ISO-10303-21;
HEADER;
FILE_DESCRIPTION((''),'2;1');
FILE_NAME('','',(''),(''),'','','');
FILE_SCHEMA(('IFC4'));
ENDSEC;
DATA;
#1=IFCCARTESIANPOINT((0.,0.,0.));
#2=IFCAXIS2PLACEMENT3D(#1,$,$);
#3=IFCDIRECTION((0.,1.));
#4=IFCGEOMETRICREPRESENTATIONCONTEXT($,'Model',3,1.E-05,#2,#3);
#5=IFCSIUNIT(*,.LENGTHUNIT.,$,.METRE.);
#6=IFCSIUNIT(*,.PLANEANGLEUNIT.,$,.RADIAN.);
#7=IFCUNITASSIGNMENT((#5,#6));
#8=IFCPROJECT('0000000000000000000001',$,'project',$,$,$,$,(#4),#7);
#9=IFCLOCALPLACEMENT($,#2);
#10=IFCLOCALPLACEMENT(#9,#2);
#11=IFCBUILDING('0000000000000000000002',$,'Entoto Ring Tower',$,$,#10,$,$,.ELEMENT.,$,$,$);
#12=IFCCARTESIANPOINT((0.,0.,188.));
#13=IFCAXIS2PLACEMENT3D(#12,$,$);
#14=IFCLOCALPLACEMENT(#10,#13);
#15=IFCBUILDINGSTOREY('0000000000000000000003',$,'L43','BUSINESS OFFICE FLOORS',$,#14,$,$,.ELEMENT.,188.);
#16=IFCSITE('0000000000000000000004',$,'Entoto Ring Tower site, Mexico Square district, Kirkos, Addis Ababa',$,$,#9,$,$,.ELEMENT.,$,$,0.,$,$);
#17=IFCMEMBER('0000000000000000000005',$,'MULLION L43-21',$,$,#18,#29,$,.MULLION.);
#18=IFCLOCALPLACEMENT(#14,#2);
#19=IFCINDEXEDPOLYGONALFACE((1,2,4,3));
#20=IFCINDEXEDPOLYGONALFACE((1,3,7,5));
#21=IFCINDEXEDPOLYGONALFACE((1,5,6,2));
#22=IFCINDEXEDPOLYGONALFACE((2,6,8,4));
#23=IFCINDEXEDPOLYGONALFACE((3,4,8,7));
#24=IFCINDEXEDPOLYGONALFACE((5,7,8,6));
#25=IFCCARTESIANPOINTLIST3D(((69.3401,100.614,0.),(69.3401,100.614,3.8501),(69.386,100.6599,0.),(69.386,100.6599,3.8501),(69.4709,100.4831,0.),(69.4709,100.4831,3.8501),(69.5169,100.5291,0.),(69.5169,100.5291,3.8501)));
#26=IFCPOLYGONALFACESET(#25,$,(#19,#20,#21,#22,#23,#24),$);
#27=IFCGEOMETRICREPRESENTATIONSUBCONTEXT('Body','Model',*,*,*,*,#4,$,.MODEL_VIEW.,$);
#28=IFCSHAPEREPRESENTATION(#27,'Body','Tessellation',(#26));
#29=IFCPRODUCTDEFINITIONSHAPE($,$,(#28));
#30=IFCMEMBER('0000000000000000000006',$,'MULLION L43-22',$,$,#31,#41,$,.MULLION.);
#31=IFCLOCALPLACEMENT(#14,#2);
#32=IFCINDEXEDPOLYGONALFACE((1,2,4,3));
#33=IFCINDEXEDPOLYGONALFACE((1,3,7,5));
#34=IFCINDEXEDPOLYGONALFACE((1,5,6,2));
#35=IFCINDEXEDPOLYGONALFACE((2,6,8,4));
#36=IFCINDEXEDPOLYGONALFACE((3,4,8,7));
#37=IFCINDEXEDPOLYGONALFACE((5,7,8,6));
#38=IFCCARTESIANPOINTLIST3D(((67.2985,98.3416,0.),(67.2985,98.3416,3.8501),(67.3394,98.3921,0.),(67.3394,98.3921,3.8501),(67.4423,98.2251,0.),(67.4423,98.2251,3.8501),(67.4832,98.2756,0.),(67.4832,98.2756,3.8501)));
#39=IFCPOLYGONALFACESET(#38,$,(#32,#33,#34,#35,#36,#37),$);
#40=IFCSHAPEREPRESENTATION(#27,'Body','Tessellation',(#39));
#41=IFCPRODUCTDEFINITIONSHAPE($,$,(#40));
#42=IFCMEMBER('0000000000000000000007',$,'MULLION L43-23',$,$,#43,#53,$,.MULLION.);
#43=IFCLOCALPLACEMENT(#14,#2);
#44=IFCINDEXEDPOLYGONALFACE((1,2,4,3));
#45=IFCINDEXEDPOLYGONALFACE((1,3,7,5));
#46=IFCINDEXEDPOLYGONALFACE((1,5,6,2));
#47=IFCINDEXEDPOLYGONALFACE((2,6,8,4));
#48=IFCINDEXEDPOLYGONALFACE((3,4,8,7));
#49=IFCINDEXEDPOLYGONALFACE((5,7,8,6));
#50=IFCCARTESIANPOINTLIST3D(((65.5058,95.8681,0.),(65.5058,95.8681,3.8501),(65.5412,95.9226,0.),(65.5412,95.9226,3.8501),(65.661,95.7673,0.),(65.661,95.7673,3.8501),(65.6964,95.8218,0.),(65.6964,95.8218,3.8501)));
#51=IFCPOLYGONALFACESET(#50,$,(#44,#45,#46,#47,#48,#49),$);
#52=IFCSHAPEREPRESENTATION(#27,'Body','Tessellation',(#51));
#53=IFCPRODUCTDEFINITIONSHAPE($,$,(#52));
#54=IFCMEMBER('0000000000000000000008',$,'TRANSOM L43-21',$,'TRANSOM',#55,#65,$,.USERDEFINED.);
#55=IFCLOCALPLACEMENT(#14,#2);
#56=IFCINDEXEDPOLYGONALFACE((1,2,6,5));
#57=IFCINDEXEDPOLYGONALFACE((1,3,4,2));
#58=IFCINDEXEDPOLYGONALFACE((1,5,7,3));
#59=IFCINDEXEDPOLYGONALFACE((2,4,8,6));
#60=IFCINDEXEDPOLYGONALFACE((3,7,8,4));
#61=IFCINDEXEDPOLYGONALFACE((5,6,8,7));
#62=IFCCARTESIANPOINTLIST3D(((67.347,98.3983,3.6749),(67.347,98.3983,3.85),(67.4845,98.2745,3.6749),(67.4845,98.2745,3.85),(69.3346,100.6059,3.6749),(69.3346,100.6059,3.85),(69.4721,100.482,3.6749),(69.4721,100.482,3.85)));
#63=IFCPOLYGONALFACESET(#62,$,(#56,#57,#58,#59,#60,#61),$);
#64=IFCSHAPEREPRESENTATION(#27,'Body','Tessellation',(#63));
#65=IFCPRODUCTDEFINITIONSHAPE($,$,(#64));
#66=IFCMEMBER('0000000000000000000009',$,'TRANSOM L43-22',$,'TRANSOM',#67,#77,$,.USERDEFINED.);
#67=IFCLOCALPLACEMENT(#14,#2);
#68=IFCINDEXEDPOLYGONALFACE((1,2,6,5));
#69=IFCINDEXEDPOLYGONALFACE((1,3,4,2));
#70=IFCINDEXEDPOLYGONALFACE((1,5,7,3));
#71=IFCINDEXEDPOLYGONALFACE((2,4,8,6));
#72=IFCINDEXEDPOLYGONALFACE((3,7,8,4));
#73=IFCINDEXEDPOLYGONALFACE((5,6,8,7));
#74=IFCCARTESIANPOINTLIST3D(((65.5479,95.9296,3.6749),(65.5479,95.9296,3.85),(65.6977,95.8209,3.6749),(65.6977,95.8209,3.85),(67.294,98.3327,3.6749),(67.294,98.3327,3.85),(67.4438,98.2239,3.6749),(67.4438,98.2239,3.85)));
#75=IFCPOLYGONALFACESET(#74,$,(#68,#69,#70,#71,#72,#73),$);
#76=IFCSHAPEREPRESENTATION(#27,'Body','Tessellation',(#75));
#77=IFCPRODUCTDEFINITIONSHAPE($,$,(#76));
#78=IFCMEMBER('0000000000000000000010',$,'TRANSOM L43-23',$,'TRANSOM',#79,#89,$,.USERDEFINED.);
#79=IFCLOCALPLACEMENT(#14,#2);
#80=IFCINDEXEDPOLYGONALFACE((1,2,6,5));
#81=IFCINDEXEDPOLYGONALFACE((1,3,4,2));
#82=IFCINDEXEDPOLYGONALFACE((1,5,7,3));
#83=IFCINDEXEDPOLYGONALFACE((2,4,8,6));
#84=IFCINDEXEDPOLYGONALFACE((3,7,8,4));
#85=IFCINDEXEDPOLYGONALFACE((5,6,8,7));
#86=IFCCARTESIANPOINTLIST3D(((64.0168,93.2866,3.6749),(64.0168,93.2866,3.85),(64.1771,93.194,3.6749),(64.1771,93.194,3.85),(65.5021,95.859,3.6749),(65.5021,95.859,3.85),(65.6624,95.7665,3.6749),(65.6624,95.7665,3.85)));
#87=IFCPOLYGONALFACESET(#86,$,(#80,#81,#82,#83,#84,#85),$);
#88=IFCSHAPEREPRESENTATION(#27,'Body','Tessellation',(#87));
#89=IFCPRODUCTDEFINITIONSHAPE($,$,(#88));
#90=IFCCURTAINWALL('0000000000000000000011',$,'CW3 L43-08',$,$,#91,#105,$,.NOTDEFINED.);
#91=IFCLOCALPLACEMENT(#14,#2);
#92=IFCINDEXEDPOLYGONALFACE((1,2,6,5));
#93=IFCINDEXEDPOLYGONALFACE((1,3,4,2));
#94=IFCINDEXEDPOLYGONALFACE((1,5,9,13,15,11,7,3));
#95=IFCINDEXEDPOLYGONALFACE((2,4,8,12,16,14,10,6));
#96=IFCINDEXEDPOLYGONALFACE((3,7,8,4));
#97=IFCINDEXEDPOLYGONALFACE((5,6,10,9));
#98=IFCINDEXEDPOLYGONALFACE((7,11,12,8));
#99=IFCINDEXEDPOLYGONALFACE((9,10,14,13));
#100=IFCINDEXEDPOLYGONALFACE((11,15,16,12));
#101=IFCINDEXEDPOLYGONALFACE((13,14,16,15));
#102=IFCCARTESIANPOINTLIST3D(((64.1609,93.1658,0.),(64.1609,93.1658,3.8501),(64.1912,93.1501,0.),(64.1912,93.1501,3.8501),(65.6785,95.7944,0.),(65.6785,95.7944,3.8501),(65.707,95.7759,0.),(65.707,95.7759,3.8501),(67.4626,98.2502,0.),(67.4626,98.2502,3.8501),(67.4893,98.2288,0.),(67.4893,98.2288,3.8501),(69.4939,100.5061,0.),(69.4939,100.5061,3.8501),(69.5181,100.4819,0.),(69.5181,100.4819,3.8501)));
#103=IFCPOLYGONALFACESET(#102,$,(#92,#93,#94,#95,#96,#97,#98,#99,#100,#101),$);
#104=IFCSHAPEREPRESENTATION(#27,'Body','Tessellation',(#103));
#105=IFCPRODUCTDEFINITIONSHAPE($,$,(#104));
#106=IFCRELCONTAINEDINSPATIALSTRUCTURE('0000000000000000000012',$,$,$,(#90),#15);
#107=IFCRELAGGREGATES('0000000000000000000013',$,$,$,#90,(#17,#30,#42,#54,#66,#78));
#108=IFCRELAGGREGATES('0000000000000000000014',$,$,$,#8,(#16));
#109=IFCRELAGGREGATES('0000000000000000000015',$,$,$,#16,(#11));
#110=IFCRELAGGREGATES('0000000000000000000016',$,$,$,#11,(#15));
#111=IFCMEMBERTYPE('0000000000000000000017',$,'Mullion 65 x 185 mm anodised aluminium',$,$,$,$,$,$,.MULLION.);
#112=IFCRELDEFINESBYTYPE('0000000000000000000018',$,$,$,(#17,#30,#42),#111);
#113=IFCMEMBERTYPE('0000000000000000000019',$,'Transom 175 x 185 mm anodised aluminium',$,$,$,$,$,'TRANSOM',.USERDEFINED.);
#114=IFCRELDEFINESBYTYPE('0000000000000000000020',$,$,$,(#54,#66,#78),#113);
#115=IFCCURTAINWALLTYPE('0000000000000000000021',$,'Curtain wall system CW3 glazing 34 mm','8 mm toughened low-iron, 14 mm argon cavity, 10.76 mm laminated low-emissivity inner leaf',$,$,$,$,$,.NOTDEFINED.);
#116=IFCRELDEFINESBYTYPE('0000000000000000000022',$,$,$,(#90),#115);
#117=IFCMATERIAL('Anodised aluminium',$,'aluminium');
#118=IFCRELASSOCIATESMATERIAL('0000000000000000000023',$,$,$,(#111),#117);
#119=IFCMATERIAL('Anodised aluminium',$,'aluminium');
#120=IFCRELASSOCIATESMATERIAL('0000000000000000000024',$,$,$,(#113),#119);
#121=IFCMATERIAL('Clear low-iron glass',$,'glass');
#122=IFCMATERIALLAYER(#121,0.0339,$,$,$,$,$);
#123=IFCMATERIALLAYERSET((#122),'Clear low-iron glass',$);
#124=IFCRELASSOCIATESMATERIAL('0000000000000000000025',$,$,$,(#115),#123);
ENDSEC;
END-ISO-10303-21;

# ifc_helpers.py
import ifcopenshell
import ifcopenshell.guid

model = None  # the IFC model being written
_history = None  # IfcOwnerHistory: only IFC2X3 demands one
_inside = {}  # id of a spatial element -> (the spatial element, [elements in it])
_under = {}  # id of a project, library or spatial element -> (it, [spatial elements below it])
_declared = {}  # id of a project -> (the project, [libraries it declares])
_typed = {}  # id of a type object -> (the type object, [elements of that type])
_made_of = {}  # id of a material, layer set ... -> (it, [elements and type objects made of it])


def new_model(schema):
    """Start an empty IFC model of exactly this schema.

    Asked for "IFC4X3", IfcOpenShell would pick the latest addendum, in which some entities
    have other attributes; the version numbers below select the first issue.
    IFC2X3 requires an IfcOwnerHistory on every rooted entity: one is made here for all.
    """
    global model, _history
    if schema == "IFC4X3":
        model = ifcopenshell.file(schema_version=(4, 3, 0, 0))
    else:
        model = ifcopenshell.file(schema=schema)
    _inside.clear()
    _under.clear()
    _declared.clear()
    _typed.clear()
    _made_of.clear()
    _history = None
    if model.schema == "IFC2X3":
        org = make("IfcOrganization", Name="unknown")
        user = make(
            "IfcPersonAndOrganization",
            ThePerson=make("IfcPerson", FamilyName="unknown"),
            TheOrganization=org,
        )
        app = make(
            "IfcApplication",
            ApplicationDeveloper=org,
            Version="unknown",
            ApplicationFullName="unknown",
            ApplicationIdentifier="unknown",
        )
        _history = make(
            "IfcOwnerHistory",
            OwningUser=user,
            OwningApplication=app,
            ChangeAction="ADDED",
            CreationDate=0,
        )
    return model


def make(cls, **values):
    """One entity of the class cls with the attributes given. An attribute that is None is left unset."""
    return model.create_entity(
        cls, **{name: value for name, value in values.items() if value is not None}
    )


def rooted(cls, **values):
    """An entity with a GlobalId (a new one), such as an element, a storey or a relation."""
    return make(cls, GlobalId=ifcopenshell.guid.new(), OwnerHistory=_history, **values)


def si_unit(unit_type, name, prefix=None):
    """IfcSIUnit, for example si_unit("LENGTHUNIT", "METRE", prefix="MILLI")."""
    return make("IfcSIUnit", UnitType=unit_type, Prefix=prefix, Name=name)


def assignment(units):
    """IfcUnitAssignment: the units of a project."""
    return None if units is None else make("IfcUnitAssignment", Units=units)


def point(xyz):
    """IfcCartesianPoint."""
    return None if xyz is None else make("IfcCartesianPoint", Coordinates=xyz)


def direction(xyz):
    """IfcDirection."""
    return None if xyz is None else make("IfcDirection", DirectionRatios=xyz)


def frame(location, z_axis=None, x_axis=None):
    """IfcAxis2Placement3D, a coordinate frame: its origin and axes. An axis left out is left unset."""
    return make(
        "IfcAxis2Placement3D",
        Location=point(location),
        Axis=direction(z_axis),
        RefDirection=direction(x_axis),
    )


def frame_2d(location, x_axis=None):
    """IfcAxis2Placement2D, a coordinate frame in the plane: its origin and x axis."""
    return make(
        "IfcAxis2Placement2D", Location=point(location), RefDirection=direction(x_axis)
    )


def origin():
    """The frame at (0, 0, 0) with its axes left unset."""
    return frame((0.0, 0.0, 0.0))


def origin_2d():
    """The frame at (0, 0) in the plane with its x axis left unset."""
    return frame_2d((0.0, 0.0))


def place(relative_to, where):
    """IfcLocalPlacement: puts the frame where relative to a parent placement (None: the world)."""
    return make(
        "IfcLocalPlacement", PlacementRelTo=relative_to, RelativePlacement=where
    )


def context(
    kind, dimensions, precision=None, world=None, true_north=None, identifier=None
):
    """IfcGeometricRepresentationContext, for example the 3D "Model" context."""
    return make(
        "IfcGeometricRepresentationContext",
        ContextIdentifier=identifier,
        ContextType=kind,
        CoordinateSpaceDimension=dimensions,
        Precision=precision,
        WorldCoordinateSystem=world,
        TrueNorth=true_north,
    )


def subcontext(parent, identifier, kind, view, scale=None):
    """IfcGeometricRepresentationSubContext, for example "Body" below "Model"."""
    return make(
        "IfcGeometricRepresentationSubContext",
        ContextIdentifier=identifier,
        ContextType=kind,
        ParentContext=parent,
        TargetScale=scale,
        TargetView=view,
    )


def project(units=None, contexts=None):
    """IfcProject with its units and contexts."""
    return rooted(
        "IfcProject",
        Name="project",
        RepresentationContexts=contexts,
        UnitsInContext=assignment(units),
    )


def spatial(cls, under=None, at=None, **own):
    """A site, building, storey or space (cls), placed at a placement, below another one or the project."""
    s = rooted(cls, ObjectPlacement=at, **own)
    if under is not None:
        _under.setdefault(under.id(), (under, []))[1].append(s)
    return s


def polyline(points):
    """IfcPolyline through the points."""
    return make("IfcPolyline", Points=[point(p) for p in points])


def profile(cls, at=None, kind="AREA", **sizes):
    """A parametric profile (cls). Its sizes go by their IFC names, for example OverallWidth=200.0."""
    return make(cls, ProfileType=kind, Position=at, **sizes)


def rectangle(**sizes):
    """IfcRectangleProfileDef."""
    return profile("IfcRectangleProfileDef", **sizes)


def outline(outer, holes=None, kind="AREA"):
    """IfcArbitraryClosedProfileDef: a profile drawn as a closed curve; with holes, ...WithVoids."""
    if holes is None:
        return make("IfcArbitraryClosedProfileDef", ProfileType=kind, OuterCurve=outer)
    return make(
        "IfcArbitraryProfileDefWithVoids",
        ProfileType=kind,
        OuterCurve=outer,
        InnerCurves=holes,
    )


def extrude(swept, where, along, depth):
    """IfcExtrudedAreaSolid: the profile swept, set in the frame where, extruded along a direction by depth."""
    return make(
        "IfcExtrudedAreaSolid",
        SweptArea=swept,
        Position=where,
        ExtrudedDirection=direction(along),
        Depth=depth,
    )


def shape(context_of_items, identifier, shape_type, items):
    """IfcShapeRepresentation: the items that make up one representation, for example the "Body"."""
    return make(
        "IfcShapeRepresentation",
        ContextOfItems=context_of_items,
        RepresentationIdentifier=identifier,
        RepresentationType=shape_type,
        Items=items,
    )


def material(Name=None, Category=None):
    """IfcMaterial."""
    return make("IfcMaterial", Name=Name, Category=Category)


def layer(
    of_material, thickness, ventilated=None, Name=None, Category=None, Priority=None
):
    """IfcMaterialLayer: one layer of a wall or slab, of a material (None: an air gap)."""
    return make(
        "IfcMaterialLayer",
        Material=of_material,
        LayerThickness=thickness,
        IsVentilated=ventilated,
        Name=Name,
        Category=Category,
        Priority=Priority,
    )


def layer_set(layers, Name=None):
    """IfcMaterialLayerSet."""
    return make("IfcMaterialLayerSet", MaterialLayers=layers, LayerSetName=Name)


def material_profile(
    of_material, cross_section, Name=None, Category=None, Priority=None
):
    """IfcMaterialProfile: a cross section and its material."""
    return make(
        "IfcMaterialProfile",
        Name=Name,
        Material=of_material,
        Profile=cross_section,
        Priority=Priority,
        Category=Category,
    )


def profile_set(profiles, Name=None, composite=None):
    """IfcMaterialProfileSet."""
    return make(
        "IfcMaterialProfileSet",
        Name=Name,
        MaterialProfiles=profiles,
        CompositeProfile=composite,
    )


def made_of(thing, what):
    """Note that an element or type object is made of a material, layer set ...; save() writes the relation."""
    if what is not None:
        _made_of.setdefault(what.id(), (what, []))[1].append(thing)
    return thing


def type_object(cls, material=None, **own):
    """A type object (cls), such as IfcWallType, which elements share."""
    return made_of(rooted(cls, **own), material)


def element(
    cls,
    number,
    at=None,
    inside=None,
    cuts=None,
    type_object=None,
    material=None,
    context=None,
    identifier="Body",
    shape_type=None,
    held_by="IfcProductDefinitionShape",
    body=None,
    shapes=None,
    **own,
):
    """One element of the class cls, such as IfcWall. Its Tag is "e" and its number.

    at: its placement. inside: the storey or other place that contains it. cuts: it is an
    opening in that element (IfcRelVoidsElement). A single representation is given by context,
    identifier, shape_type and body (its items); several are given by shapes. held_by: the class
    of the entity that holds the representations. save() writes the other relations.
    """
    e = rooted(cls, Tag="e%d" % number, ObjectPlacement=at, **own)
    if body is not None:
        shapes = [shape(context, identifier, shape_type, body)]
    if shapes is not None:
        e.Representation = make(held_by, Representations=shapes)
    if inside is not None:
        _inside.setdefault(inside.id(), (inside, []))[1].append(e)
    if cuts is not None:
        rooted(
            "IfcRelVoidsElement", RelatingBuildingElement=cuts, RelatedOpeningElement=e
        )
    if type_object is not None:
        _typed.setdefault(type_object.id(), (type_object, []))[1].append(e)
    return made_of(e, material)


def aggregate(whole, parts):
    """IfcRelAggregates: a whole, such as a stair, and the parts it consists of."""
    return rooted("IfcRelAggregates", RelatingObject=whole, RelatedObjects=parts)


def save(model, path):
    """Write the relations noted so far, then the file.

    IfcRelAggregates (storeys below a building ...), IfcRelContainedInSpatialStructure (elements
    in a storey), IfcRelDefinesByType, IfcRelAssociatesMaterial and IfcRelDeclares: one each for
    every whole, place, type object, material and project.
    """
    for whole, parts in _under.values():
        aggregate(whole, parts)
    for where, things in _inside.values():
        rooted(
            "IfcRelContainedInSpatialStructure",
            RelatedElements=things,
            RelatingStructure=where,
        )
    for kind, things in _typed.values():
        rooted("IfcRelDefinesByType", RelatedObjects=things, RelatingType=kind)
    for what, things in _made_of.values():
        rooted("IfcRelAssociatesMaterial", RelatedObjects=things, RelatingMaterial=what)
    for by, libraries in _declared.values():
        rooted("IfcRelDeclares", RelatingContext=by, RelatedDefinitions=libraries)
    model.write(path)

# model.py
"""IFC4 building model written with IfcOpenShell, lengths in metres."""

from ifc_helpers import new_model, si_unit, direction, frame, origin, origin_2d, place, context, subcontext, project, spatial, polyline, rectangle, outline, extrude, material, layer, layer_set, material_profile, profile_set, type_object, element, aggregate, save


model = new_model("IFC4")

# Units and contexts
model_context = context("Model", 3, precision=1e-05, world=origin(), true_north=direction((0.0, 1.0)))
body_context = subcontext(model_context, "Body", "Model", "MODEL_VIEW")
ifc_project = project(units=[si_unit("LENGTHUNIT", "METRE"), si_unit("PLANEANGLEUNIT", "RADIAN")], contexts=[model_context])

# Members
ifc_material_1 = material(Name="Anodised aluminium", Category="aluminium")
ifc_material_profile_1 = material_profile(ifc_material_1, rectangle(XDim=0.0649, YDim=0.1851, at=origin_2d()), Name="Mullion 65 x 185 mm anodised aluminium")
ifc_profile_set_1 = profile_set([ifc_material_profile_1], Name="Anodised aluminium")
member_type_1 = type_object("IfcMemberType", Name="Mullion 65 x 185 mm anodised aluminium", PredefinedType="MULLION", material=ifc_profile_set_1)
site_placement = place(None, origin())
building_placement = place(site_placement, origin())
storey_placement = place(building_placement, frame((0.0, 0.0, 188.0)))
member_1_placement = place(storey_placement, frame((69.4285, 100.5715, 0.0), z_axis=(0.0, 0.0, 1.0), x_axis=(-0.707107, -0.707107, 0.0)))
member_1 = element("IfcMember", 1, at=member_1_placement, type_object=member_type_1, Name="MULLION L43-21", PredefinedType="MULLION", context=body_context, shape_type="SweptSolid", body=[
    extrude(rectangle(XDim=0.0649, YDim=0.1851, at=origin_2d()), origin(), (0.0, 0.0, 1.0), 3.8501),
])
member_2_placement = place(storey_placement, frame((67.3909, 98.3086, 0.0), z_axis=(0.0, 0.0, 1.0), x_axis=(-0.62932, -0.777146, 0.0)))
member_2 = element("IfcMember", 2, at=member_2_placement, type_object=member_type_1, Name="MULLION L43-22", PredefinedType="MULLION", context=body_context, shape_type="SweptSolid", body=[
    extrude(rectangle(XDim=0.0649, YDim=0.1851, at=origin_2d()), origin(), (0.0, 0.0, 1.0), 3.8501),
])
member_3_placement = place(storey_placement, frame((65.6011, 95.845, 0.0), z_axis=(0.0, 0.0, 1.0), x_axis=(-0.544639, -0.838671, 0.0)))
member_3 = element("IfcMember", 3, at=member_3_placement, type_object=member_type_1, Name="MULLION L43-23", PredefinedType="MULLION", context=body_context, shape_type="SweptSolid", body=[
    extrude(rectangle(XDim=0.0649, YDim=0.1851, at=origin_2d()), origin(), (0.0, 0.0, 1.0), 3.8501),
])
ifc_material_2 = material(Name="Anodised aluminium", Category="aluminium")
ifc_material_profile_2 = material_profile(ifc_material_2, rectangle(XDim=0.1851, YDim=0.175, at=origin_2d()), Name="Transom 175 x 185 mm anodised aluminium")
ifc_profile_set_2 = profile_set([ifc_material_profile_2], Name="Anodised aluminium")
member_type_2 = type_object("IfcMemberType", Name="Transom 175 x 185 mm anodised aluminium", ElementType="TRANSOM", PredefinedType="USERDEFINED", material=ifc_profile_set_2)
member_4_placement = place(storey_placement, frame((69.4033, 100.5439, 3.7625), z_axis=(-0.66911, -0.743163, 0.0), x_axis=(0.743163, -0.66911, 0.0)))
member_4 = element("IfcMember", 4, at=member_4_placement, type_object=member_type_2, Name="TRANSOM L43-21", ObjectType="TRANSOM", PredefinedType="USERDEFINED", context=body_context, shape_type="SweptSolid", body=[
    extrude(rectangle(XDim=0.1851, YDim=0.175, at=origin_2d()), origin(), (0.0, 0.0, 1.0), 2.9705),
])
member_5_placement = place(storey_placement, frame((67.3689, 98.2783, 3.7625), z_axis=(-0.58782, -0.808992, 0.0), x_axis=(0.808992, -0.58782, 0.0)))
member_5 = element("IfcMember", 5, at=member_5_placement, type_object=member_type_2, Name="TRANSOM L43-22", ObjectType="TRANSOM", PredefinedType="USERDEFINED", context=body_context, shape_type="SweptSolid", body=[
    extrude(rectangle(XDim=0.1851, YDim=0.175, at=origin_2d()), origin(), (0.0, 0.0, 1.0), 2.9705),
])
member_6_placement = place(storey_placement, frame((65.5823, 95.8127, 3.7625), z_axis=(-0.500028, -0.866009, 0.0), x_axis=(0.866009, -0.500028, 0.0)))
member_6 = element("IfcMember", 6, at=member_6_placement, type_object=member_type_2, Name="TRANSOM L43-23", ObjectType="TRANSOM", PredefinedType="USERDEFINED", context=body_context, shape_type="SweptSolid", body=[
    extrude(rectangle(XDim=0.1851, YDim=0.175, at=origin_2d()), origin(), (0.0, 0.0, 1.0), 2.9705),
])

# Site, building, storey
site = spatial("IfcSite", under=ifc_project, at=site_placement, Name="Entoto Ring Tower site, Mexico Square district, Kirkos, Addis Ababa", CompositionType="ELEMENT", RefElevation=0.0)
building = spatial("IfcBuilding", under=site, at=building_placement, Name="Entoto Ring Tower", CompositionType="ELEMENT")
storey = spatial("IfcBuildingStorey", under=building, at=storey_placement, Name="L43", Description="BUSINESS OFFICE FLOORS", CompositionType="ELEMENT", Elevation=188.0)

# Curtain wall
ifc_material_3 = material(Name="Clear low-iron glass", Category="glass")
ifc_layer = layer(ifc_material_3, 0.0339)
ifc_layer_set = layer_set([ifc_layer], Name="Clear low-iron glass")
curtain_wall_type = type_object("IfcCurtainWallType", Name="Curtain wall system CW3 glazing 34 mm", Description="8 mm toughened low-iron, 14 mm argon cavity, 10.76 mm laminated low-emissivity inner leaf", PredefinedType="NOTDEFINED", material=ifc_layer_set)
curtain_wall_1_placement = place(storey_placement, origin())
curtain_wall_1 = element("IfcCurtainWall", 7, at=curtain_wall_1_placement, inside=storey, type_object=curtain_wall_type, Name="CW3 L43-08", PredefinedType="NOTDEFINED", context=body_context, shape_type="SweptSolid", body=[
    extrude(outline(polyline([(69.4939, 100.5061), (67.4626, 98.2502), (65.6785, 95.7944), (64.1609, 93.1658), (64.1912, 93.1501), (65.707, 95.7759), (67.4893, 98.2288), (69.5181, 100.4819), (69.4939, 100.5061)])), origin(), (0.0, 0.0, 1.0), 3.8501),
])
aggregate(curtain_wall_1, [member_1, member_2, member_3, member_4, member_5, member_6])

save(model, "model.ifc")
